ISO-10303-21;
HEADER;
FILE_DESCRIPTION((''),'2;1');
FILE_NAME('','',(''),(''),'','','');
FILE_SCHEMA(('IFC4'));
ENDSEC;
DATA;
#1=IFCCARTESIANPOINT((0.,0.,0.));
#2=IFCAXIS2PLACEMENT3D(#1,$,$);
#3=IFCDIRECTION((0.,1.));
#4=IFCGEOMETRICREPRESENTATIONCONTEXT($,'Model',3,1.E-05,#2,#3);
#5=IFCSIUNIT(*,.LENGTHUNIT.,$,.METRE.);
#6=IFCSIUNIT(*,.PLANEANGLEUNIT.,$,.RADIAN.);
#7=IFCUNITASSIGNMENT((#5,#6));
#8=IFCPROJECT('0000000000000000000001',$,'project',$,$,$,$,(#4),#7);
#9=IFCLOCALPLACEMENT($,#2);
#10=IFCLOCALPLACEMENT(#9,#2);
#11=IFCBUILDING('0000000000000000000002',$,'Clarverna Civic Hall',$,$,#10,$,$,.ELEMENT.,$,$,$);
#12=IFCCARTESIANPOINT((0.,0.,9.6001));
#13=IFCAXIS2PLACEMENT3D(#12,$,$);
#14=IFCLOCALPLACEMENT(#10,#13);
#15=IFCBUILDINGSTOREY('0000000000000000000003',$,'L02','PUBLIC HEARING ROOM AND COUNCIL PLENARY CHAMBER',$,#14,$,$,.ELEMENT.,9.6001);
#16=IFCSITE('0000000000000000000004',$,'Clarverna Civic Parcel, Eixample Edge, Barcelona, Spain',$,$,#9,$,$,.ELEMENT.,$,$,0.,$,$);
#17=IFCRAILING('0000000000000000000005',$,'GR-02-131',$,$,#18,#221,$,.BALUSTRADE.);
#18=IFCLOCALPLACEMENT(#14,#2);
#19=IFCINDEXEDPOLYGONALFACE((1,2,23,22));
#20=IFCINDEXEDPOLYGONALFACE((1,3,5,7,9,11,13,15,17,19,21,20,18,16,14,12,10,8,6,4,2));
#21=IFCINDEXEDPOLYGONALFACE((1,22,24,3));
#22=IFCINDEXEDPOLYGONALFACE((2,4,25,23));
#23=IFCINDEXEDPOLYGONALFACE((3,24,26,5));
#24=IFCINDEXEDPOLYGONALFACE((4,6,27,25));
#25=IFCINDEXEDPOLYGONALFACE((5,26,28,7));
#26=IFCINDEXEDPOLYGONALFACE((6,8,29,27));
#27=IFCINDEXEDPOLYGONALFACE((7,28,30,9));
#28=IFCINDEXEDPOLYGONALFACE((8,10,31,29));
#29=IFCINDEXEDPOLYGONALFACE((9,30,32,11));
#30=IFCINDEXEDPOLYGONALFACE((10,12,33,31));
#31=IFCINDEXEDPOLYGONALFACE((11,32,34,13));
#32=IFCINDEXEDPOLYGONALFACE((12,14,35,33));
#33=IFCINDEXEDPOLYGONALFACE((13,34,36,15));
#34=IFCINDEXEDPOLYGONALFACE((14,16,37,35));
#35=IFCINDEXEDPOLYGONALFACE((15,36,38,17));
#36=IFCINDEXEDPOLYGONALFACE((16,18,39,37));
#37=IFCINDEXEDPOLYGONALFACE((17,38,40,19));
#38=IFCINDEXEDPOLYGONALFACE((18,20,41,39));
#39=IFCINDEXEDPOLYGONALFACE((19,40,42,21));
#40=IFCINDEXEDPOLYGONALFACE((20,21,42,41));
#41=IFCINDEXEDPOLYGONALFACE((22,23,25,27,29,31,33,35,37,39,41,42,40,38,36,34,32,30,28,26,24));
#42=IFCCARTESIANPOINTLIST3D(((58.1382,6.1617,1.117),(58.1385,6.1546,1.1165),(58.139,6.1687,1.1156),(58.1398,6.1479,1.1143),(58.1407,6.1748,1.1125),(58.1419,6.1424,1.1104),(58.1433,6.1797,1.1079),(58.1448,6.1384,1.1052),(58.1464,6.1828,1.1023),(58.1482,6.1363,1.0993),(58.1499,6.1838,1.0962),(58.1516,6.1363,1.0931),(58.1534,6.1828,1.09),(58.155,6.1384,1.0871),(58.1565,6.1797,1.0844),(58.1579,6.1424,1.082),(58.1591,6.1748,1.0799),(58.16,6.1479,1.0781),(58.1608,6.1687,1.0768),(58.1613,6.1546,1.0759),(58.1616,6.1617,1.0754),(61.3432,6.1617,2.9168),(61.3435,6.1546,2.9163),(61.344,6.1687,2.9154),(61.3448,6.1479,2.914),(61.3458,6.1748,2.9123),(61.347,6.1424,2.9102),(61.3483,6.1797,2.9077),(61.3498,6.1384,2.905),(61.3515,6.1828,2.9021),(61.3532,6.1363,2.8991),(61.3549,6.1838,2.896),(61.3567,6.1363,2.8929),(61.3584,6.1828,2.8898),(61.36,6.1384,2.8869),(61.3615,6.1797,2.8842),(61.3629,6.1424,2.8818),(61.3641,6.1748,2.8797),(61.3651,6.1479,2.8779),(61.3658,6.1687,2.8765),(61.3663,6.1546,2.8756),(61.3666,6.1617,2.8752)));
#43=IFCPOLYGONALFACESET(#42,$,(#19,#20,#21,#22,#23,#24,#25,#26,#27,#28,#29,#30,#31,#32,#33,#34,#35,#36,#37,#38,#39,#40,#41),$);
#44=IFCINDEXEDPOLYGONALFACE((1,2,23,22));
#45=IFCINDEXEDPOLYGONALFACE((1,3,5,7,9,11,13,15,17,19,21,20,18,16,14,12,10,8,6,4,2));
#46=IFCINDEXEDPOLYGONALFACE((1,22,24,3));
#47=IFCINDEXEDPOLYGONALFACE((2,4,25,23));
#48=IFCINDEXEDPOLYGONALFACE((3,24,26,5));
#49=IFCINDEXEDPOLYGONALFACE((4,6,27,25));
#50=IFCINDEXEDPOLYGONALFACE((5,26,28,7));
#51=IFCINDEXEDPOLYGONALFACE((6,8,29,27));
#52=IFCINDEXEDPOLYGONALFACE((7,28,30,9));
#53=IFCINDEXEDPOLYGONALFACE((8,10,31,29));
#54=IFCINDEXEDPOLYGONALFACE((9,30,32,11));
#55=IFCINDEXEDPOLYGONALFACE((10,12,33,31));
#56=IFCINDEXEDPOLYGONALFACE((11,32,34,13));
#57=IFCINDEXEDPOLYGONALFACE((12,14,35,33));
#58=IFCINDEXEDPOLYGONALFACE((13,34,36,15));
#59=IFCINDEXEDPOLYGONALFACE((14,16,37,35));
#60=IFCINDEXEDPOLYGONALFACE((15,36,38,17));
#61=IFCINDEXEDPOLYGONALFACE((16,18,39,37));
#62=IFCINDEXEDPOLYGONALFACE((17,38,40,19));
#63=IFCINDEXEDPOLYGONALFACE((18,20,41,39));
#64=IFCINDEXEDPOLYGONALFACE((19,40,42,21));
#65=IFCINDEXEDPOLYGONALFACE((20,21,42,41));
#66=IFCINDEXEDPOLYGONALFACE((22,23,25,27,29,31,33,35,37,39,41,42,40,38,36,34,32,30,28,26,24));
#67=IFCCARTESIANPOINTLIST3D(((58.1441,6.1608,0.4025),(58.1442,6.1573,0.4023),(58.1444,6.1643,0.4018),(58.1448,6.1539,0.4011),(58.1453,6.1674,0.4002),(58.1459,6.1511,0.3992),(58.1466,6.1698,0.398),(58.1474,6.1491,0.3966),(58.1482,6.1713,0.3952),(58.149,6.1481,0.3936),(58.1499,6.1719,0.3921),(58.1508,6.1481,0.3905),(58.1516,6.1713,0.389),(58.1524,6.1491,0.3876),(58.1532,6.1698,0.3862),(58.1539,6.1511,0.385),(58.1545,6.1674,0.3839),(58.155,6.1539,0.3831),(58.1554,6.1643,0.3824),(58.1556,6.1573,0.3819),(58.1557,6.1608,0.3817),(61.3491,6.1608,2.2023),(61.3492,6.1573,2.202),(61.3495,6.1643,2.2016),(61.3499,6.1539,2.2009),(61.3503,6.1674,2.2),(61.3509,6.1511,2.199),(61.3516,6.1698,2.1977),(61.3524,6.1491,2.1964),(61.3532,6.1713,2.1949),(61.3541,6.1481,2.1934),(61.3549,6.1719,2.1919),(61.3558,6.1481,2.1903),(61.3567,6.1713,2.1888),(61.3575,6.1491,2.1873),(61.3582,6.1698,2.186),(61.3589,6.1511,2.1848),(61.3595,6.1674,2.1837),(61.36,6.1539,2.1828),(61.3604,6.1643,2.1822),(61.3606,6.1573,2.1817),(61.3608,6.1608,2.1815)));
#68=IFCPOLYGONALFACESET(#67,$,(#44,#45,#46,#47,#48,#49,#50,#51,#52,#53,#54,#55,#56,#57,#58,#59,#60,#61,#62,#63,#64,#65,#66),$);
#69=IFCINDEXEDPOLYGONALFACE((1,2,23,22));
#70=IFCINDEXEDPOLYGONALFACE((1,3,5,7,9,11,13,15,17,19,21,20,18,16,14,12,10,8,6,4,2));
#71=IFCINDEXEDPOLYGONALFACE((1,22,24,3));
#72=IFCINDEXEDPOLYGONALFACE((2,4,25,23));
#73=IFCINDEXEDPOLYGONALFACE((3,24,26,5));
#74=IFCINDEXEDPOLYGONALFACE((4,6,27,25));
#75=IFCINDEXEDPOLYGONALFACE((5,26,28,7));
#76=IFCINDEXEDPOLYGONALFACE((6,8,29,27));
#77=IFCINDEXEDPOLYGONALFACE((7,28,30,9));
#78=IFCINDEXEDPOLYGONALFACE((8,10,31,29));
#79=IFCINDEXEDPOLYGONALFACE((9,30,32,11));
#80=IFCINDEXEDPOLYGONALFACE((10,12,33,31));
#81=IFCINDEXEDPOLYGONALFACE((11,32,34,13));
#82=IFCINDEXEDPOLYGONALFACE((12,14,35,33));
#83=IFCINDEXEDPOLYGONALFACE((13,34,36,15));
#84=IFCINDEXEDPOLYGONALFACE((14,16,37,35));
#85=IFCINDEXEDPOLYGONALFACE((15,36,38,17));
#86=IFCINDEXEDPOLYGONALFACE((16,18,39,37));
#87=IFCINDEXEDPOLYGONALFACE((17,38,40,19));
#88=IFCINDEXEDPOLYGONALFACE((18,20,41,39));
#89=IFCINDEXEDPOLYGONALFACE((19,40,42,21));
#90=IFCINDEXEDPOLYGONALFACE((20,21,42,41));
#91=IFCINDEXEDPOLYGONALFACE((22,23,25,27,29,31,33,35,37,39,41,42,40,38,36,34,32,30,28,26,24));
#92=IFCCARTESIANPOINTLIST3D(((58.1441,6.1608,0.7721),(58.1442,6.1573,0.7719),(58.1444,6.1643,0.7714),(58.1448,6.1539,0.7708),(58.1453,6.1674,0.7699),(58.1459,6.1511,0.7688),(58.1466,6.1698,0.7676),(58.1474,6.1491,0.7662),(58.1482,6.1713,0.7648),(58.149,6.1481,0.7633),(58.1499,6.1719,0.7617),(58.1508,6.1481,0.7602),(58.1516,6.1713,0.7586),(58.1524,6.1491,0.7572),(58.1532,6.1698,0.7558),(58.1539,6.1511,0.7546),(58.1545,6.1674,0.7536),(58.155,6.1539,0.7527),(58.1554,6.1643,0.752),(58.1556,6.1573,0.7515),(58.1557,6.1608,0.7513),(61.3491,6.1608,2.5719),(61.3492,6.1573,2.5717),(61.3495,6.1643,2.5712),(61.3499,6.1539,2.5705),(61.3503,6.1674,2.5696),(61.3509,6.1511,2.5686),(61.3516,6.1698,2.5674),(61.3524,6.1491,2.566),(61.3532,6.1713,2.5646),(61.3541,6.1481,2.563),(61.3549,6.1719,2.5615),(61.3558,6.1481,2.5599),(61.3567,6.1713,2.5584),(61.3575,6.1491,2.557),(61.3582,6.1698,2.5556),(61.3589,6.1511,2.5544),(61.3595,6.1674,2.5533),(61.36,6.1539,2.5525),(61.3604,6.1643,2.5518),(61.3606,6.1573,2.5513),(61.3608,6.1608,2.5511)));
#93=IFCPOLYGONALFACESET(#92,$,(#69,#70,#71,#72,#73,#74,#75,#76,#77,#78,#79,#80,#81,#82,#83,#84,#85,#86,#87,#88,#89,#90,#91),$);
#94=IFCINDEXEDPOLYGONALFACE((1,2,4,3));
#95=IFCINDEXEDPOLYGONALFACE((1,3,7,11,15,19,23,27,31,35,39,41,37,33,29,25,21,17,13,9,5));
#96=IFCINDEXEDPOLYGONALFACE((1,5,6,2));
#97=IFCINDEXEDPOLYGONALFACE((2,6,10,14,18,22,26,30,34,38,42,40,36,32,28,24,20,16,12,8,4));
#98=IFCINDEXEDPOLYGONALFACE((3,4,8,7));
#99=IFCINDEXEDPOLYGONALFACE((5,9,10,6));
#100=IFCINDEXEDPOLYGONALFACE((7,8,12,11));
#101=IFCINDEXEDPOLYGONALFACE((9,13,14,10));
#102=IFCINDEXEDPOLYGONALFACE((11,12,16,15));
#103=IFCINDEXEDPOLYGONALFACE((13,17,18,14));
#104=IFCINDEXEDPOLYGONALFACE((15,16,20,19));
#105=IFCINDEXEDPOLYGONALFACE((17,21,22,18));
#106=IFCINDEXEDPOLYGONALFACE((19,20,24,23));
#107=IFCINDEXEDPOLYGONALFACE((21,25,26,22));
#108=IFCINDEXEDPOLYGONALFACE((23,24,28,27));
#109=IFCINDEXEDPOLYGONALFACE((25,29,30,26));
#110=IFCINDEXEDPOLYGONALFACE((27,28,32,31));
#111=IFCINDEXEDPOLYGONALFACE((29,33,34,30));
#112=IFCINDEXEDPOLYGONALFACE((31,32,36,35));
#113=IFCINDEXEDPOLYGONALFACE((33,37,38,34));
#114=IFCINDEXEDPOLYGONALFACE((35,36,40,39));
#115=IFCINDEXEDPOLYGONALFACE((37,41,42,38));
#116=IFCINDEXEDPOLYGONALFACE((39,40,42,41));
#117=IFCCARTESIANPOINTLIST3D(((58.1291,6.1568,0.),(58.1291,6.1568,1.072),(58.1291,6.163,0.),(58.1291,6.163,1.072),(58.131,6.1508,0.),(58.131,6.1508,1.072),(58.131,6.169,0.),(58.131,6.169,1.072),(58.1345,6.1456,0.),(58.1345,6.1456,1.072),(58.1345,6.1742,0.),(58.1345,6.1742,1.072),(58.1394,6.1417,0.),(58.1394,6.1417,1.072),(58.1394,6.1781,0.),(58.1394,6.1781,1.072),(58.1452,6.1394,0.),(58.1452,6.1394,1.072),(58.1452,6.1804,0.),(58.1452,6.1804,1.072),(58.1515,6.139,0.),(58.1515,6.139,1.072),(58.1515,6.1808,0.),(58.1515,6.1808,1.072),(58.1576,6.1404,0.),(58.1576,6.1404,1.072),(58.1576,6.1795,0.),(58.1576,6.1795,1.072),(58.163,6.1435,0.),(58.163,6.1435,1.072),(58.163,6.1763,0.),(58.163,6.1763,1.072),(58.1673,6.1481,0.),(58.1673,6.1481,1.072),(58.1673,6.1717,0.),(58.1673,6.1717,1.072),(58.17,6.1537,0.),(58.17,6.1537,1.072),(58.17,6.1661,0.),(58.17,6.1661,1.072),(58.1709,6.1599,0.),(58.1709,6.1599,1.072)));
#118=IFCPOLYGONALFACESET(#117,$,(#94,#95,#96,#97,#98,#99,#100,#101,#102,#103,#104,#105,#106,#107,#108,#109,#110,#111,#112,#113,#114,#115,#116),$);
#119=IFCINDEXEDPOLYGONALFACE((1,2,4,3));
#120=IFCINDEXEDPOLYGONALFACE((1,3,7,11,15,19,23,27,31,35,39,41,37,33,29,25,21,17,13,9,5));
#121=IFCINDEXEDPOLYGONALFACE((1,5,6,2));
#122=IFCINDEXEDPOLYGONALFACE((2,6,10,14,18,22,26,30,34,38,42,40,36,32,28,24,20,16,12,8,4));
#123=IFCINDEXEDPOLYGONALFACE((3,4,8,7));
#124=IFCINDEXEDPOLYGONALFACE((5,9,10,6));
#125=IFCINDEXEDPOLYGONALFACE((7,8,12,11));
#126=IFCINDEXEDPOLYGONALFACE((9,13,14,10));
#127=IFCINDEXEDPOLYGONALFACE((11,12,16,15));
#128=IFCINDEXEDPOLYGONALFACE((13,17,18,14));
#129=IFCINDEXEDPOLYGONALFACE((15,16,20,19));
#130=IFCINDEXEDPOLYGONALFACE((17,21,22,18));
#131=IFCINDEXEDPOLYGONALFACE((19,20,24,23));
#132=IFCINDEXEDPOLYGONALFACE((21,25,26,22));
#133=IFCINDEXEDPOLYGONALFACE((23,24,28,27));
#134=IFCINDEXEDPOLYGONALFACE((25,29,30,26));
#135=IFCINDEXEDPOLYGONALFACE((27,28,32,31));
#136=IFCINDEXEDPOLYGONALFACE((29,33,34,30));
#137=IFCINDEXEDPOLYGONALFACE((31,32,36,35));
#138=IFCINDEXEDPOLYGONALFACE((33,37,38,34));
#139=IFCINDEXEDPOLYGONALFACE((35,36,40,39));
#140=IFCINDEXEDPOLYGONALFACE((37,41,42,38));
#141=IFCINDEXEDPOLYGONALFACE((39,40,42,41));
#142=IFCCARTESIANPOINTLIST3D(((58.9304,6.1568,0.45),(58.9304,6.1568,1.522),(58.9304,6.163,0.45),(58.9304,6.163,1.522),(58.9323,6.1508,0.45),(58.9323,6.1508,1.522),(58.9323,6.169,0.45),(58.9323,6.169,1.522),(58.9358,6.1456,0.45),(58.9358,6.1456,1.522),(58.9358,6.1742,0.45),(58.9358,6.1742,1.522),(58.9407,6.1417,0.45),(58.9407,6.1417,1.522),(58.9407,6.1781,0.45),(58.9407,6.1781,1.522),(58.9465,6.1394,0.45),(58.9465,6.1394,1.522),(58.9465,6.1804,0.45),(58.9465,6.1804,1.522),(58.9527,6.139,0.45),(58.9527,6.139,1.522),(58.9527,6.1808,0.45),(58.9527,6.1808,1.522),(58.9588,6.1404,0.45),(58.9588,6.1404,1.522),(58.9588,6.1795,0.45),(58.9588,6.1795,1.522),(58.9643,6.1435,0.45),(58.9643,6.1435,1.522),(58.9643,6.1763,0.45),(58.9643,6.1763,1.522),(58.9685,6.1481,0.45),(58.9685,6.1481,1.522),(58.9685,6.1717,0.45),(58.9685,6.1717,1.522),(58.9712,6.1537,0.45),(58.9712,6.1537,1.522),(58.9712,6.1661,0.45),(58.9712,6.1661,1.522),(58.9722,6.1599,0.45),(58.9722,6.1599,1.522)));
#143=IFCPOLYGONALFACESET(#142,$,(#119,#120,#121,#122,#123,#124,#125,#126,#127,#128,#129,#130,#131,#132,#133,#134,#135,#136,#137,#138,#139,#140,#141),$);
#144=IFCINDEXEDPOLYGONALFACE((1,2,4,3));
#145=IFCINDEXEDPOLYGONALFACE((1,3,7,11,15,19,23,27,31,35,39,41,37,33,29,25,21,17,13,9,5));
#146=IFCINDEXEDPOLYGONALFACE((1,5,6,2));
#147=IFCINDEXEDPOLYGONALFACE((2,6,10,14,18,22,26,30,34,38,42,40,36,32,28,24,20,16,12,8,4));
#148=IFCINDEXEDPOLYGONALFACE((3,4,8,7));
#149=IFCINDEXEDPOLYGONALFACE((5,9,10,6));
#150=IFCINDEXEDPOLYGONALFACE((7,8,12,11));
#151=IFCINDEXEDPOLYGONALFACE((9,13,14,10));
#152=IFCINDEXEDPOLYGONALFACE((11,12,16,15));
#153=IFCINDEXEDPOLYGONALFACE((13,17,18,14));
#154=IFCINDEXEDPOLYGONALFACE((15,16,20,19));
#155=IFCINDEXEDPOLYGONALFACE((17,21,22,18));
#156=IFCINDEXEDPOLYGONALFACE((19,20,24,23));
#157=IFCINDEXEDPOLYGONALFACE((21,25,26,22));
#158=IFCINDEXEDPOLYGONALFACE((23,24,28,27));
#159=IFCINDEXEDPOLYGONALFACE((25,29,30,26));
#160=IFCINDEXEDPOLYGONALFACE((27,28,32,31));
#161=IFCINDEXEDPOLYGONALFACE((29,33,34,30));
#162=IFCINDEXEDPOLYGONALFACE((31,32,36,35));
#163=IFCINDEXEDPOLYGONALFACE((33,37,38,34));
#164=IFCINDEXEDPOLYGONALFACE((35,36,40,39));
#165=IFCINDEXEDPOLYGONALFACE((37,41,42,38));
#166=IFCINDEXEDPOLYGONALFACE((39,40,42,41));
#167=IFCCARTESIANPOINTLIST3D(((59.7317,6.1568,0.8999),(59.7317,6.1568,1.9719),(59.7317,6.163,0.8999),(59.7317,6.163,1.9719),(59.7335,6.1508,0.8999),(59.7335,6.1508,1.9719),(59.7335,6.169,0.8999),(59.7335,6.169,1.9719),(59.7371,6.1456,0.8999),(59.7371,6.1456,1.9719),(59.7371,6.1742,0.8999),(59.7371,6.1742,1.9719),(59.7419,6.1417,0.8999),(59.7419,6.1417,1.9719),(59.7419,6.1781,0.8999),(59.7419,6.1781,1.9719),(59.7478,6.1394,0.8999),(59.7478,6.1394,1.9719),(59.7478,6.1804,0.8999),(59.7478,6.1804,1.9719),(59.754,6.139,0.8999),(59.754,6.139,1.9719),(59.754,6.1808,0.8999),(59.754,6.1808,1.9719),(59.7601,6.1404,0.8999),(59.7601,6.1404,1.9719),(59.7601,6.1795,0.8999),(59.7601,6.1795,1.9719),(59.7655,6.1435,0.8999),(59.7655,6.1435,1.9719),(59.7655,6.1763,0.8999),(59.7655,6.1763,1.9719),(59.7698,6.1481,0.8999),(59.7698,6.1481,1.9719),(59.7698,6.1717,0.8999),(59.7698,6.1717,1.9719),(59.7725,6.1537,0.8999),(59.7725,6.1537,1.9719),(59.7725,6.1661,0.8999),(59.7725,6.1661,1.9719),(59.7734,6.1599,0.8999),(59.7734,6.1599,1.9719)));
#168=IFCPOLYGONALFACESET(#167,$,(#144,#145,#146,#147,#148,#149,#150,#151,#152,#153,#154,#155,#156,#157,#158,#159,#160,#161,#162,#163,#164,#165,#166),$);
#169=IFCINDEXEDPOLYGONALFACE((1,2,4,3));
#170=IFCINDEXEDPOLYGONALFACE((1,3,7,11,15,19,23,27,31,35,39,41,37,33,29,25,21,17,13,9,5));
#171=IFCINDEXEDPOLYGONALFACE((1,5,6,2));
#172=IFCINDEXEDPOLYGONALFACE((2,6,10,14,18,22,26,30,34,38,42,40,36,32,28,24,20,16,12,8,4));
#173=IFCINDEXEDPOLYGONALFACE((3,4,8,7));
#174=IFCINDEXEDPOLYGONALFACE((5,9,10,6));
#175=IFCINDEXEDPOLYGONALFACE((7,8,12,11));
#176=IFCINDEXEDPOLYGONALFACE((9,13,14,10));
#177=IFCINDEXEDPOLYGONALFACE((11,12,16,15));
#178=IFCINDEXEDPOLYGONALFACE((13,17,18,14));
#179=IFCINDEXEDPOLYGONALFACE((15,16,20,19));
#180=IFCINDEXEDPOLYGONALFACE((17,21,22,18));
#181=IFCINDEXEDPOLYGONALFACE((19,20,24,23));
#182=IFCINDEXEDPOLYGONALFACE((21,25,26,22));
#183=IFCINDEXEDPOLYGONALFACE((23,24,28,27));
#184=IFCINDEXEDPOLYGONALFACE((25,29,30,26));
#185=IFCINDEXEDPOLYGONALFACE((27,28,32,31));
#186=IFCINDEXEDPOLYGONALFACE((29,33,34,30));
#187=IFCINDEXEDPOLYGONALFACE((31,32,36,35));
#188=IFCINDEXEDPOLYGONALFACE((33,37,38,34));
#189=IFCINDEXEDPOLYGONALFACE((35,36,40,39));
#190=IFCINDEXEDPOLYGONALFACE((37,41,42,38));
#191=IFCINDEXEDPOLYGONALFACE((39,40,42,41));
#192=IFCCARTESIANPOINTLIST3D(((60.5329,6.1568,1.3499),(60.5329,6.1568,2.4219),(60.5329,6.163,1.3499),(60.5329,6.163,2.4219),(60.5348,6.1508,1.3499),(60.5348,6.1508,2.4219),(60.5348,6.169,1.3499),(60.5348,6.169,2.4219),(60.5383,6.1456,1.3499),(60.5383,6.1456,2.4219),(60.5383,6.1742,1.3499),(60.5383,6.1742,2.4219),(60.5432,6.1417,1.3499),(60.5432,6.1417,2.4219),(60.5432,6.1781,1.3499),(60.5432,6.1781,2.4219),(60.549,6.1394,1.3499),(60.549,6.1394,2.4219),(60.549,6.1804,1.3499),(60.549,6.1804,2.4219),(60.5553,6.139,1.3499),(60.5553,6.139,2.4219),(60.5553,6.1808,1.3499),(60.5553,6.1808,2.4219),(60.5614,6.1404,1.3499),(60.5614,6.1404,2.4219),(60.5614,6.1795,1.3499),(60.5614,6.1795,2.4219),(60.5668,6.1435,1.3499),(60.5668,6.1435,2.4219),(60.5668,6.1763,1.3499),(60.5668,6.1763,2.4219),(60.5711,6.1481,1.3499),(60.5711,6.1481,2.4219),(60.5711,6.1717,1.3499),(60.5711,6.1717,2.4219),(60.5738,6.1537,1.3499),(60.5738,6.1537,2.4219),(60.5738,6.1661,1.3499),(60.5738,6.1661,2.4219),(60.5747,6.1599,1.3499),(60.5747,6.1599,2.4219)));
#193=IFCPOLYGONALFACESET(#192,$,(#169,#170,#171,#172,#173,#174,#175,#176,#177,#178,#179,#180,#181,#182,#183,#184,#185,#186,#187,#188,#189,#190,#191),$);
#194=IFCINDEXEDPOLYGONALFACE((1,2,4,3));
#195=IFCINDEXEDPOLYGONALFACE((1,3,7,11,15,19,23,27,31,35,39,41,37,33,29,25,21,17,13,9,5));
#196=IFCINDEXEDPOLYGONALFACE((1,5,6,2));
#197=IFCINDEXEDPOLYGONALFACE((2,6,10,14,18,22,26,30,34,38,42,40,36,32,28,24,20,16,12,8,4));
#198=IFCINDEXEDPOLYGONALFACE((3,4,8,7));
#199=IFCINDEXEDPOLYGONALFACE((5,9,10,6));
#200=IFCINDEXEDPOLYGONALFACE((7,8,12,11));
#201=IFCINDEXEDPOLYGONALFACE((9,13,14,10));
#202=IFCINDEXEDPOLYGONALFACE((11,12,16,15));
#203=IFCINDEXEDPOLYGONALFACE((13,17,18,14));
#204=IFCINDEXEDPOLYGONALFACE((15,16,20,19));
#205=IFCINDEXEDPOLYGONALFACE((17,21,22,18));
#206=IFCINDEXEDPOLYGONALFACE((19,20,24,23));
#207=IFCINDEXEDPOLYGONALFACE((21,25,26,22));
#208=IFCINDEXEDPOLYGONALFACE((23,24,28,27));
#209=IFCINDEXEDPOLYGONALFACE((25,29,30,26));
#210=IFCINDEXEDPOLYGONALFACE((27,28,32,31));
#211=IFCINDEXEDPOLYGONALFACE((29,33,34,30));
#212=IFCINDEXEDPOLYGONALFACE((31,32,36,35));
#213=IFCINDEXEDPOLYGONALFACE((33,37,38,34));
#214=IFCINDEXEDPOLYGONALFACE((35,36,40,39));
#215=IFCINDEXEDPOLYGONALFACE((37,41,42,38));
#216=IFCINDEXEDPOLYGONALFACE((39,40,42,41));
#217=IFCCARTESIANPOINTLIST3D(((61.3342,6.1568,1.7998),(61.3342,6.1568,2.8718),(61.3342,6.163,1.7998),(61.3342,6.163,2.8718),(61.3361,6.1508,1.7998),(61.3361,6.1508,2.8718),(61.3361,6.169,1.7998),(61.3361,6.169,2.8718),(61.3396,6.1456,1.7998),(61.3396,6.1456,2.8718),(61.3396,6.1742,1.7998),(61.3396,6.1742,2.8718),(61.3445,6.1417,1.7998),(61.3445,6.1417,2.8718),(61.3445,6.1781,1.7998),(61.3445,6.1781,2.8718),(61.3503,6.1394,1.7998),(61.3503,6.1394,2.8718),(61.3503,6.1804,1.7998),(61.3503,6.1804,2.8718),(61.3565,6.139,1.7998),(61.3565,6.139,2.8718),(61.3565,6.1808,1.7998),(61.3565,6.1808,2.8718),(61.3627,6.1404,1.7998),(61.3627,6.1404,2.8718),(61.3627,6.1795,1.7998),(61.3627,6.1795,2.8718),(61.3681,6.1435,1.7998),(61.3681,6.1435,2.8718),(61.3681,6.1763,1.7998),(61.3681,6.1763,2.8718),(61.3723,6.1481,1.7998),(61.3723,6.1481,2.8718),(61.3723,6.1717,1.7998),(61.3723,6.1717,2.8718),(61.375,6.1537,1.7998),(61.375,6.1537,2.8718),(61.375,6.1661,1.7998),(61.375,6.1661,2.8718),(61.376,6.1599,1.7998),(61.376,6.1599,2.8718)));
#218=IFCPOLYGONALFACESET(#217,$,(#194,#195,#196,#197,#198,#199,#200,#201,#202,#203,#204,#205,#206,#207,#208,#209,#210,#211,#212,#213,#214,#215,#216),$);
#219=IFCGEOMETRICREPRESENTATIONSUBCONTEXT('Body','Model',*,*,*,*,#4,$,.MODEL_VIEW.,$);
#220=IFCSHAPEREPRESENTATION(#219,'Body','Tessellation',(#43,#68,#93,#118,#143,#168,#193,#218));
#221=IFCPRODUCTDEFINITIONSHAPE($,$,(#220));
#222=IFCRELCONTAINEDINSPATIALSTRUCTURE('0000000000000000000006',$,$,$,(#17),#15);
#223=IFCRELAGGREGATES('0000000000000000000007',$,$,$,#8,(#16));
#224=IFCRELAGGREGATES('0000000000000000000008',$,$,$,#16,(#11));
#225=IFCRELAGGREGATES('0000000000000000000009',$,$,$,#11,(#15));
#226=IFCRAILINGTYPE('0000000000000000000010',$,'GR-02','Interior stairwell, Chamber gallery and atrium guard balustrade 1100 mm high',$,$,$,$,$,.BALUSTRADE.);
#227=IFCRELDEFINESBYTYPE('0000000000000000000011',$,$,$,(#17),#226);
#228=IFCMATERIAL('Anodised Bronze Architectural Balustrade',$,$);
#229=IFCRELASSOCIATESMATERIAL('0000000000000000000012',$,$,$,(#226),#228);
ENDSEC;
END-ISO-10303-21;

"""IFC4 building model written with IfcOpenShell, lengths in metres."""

from ifc_helpers import new_model, si_unit, direction, frame, origin, origin_2d, place, context, subcontext, project, spatial, circle, extrude, material, type_object, element, save


model = new_model("IFC4")

# Units and contexts
model_context = context("Model", 3, precision=1e-05, world=origin(), true_north=direction((0.0, 1.0)))
body_context = subcontext(model_context, "Body", "Model", "MODEL_VIEW")
ifc_project = project(units=[si_unit("LENGTHUNIT", "METRE"), si_unit("PLANEANGLEUNIT", "RADIAN")], contexts=[model_context])

# Site, building, storey
site_placement = place(None, origin())
site = spatial("IfcSite", under=ifc_project, at=site_placement, Name="Clarverna Civic Parcel, Eixample Edge, Barcelona, Spain", CompositionType="ELEMENT", RefElevation=0.0)
building_placement = place(site_placement, origin())
building = spatial("IfcBuilding", under=site, at=building_placement, Name="Clarverna Civic Hall", CompositionType="ELEMENT")
storey_placement = place(building_placement, frame((0.0, 0.0, 9.6001)))
storey = spatial("IfcBuildingStorey", under=building, at=storey_placement, Name="L02", Description="PUBLIC HEARING ROOM AND COUNCIL PLENARY CHAMBER", CompositionType="ELEMENT", Elevation=9.6001)

# Railing
ifc_material_1 = material(Name="Anodised Bronze Architectural Balustrade")
railing_type_1 = type_object("IfcRailingType", Name="GR-02", Description="Interior stairwell, Chamber gallery and atrium guard balustrade 1100 mm high", PredefinedType="BALUSTRADE", material=ifc_material_1)
railing_1_placement = place(storey_placement, frame((58.1499, 6.1599, 0.0)))
element("IfcRailing", 1, at=railing_1_placement, inside=storey, type_object=railing_type_1, Name="GR-02-131", PredefinedType="BALUSTRADE", context=body_context, shape_type="SweptSolid", body=[
    extrude(circle(Radius=0.0239, at=origin_2d()), frame((0.0, 0.0, 1.0962), z_axis=(0.87193, 0.0, 0.48963), x_axis=(0.0, 1.0, 0.0)), (0.0, 0.0, 1.0), 3.6758),
    extrude(circle(Radius=0.012, at=origin_2d()), frame((0.0, 0.0, 0.3921), z_axis=(0.87193, 0.0, 0.48963), x_axis=(0.0, 1.0, 0.0)), (0.0, 0.0, 1.0), 3.6758),
    extrude(circle(Radius=0.012, at=origin_2d()), frame((0.0, 0.0, 0.7617), z_axis=(0.87193, 0.0, 0.48963), x_axis=(0.0, 1.0, 0.0)), (0.0, 0.0, 1.0), 3.6758),
    extrude(circle(Radius=0.021, at=origin_2d()), origin(), (0.0, 0.0, 1.0), 1.072),
    extrude(circle(Radius=0.021, at=origin_2d()), frame((0.8013, 0.0, 0.45)), (0.0, 0.0, 1.0), 1.072),
    extrude(circle(Radius=0.021, at=origin_2d()), frame((1.6025, 0.0, 0.8999)), (0.0, 0.0, 1.0), 1.072),
    extrude(circle(Radius=0.021, at=origin_2d()), frame((2.4038, 0.0, 1.3499)), (0.0, 0.0, 1.0), 1.072),
    extrude(circle(Radius=0.021, at=origin_2d()), frame((3.2051, 0.0, 1.7998)), (0.0, 0.0, 1.0), 1.072),
])

save(model, "model.ifc")
